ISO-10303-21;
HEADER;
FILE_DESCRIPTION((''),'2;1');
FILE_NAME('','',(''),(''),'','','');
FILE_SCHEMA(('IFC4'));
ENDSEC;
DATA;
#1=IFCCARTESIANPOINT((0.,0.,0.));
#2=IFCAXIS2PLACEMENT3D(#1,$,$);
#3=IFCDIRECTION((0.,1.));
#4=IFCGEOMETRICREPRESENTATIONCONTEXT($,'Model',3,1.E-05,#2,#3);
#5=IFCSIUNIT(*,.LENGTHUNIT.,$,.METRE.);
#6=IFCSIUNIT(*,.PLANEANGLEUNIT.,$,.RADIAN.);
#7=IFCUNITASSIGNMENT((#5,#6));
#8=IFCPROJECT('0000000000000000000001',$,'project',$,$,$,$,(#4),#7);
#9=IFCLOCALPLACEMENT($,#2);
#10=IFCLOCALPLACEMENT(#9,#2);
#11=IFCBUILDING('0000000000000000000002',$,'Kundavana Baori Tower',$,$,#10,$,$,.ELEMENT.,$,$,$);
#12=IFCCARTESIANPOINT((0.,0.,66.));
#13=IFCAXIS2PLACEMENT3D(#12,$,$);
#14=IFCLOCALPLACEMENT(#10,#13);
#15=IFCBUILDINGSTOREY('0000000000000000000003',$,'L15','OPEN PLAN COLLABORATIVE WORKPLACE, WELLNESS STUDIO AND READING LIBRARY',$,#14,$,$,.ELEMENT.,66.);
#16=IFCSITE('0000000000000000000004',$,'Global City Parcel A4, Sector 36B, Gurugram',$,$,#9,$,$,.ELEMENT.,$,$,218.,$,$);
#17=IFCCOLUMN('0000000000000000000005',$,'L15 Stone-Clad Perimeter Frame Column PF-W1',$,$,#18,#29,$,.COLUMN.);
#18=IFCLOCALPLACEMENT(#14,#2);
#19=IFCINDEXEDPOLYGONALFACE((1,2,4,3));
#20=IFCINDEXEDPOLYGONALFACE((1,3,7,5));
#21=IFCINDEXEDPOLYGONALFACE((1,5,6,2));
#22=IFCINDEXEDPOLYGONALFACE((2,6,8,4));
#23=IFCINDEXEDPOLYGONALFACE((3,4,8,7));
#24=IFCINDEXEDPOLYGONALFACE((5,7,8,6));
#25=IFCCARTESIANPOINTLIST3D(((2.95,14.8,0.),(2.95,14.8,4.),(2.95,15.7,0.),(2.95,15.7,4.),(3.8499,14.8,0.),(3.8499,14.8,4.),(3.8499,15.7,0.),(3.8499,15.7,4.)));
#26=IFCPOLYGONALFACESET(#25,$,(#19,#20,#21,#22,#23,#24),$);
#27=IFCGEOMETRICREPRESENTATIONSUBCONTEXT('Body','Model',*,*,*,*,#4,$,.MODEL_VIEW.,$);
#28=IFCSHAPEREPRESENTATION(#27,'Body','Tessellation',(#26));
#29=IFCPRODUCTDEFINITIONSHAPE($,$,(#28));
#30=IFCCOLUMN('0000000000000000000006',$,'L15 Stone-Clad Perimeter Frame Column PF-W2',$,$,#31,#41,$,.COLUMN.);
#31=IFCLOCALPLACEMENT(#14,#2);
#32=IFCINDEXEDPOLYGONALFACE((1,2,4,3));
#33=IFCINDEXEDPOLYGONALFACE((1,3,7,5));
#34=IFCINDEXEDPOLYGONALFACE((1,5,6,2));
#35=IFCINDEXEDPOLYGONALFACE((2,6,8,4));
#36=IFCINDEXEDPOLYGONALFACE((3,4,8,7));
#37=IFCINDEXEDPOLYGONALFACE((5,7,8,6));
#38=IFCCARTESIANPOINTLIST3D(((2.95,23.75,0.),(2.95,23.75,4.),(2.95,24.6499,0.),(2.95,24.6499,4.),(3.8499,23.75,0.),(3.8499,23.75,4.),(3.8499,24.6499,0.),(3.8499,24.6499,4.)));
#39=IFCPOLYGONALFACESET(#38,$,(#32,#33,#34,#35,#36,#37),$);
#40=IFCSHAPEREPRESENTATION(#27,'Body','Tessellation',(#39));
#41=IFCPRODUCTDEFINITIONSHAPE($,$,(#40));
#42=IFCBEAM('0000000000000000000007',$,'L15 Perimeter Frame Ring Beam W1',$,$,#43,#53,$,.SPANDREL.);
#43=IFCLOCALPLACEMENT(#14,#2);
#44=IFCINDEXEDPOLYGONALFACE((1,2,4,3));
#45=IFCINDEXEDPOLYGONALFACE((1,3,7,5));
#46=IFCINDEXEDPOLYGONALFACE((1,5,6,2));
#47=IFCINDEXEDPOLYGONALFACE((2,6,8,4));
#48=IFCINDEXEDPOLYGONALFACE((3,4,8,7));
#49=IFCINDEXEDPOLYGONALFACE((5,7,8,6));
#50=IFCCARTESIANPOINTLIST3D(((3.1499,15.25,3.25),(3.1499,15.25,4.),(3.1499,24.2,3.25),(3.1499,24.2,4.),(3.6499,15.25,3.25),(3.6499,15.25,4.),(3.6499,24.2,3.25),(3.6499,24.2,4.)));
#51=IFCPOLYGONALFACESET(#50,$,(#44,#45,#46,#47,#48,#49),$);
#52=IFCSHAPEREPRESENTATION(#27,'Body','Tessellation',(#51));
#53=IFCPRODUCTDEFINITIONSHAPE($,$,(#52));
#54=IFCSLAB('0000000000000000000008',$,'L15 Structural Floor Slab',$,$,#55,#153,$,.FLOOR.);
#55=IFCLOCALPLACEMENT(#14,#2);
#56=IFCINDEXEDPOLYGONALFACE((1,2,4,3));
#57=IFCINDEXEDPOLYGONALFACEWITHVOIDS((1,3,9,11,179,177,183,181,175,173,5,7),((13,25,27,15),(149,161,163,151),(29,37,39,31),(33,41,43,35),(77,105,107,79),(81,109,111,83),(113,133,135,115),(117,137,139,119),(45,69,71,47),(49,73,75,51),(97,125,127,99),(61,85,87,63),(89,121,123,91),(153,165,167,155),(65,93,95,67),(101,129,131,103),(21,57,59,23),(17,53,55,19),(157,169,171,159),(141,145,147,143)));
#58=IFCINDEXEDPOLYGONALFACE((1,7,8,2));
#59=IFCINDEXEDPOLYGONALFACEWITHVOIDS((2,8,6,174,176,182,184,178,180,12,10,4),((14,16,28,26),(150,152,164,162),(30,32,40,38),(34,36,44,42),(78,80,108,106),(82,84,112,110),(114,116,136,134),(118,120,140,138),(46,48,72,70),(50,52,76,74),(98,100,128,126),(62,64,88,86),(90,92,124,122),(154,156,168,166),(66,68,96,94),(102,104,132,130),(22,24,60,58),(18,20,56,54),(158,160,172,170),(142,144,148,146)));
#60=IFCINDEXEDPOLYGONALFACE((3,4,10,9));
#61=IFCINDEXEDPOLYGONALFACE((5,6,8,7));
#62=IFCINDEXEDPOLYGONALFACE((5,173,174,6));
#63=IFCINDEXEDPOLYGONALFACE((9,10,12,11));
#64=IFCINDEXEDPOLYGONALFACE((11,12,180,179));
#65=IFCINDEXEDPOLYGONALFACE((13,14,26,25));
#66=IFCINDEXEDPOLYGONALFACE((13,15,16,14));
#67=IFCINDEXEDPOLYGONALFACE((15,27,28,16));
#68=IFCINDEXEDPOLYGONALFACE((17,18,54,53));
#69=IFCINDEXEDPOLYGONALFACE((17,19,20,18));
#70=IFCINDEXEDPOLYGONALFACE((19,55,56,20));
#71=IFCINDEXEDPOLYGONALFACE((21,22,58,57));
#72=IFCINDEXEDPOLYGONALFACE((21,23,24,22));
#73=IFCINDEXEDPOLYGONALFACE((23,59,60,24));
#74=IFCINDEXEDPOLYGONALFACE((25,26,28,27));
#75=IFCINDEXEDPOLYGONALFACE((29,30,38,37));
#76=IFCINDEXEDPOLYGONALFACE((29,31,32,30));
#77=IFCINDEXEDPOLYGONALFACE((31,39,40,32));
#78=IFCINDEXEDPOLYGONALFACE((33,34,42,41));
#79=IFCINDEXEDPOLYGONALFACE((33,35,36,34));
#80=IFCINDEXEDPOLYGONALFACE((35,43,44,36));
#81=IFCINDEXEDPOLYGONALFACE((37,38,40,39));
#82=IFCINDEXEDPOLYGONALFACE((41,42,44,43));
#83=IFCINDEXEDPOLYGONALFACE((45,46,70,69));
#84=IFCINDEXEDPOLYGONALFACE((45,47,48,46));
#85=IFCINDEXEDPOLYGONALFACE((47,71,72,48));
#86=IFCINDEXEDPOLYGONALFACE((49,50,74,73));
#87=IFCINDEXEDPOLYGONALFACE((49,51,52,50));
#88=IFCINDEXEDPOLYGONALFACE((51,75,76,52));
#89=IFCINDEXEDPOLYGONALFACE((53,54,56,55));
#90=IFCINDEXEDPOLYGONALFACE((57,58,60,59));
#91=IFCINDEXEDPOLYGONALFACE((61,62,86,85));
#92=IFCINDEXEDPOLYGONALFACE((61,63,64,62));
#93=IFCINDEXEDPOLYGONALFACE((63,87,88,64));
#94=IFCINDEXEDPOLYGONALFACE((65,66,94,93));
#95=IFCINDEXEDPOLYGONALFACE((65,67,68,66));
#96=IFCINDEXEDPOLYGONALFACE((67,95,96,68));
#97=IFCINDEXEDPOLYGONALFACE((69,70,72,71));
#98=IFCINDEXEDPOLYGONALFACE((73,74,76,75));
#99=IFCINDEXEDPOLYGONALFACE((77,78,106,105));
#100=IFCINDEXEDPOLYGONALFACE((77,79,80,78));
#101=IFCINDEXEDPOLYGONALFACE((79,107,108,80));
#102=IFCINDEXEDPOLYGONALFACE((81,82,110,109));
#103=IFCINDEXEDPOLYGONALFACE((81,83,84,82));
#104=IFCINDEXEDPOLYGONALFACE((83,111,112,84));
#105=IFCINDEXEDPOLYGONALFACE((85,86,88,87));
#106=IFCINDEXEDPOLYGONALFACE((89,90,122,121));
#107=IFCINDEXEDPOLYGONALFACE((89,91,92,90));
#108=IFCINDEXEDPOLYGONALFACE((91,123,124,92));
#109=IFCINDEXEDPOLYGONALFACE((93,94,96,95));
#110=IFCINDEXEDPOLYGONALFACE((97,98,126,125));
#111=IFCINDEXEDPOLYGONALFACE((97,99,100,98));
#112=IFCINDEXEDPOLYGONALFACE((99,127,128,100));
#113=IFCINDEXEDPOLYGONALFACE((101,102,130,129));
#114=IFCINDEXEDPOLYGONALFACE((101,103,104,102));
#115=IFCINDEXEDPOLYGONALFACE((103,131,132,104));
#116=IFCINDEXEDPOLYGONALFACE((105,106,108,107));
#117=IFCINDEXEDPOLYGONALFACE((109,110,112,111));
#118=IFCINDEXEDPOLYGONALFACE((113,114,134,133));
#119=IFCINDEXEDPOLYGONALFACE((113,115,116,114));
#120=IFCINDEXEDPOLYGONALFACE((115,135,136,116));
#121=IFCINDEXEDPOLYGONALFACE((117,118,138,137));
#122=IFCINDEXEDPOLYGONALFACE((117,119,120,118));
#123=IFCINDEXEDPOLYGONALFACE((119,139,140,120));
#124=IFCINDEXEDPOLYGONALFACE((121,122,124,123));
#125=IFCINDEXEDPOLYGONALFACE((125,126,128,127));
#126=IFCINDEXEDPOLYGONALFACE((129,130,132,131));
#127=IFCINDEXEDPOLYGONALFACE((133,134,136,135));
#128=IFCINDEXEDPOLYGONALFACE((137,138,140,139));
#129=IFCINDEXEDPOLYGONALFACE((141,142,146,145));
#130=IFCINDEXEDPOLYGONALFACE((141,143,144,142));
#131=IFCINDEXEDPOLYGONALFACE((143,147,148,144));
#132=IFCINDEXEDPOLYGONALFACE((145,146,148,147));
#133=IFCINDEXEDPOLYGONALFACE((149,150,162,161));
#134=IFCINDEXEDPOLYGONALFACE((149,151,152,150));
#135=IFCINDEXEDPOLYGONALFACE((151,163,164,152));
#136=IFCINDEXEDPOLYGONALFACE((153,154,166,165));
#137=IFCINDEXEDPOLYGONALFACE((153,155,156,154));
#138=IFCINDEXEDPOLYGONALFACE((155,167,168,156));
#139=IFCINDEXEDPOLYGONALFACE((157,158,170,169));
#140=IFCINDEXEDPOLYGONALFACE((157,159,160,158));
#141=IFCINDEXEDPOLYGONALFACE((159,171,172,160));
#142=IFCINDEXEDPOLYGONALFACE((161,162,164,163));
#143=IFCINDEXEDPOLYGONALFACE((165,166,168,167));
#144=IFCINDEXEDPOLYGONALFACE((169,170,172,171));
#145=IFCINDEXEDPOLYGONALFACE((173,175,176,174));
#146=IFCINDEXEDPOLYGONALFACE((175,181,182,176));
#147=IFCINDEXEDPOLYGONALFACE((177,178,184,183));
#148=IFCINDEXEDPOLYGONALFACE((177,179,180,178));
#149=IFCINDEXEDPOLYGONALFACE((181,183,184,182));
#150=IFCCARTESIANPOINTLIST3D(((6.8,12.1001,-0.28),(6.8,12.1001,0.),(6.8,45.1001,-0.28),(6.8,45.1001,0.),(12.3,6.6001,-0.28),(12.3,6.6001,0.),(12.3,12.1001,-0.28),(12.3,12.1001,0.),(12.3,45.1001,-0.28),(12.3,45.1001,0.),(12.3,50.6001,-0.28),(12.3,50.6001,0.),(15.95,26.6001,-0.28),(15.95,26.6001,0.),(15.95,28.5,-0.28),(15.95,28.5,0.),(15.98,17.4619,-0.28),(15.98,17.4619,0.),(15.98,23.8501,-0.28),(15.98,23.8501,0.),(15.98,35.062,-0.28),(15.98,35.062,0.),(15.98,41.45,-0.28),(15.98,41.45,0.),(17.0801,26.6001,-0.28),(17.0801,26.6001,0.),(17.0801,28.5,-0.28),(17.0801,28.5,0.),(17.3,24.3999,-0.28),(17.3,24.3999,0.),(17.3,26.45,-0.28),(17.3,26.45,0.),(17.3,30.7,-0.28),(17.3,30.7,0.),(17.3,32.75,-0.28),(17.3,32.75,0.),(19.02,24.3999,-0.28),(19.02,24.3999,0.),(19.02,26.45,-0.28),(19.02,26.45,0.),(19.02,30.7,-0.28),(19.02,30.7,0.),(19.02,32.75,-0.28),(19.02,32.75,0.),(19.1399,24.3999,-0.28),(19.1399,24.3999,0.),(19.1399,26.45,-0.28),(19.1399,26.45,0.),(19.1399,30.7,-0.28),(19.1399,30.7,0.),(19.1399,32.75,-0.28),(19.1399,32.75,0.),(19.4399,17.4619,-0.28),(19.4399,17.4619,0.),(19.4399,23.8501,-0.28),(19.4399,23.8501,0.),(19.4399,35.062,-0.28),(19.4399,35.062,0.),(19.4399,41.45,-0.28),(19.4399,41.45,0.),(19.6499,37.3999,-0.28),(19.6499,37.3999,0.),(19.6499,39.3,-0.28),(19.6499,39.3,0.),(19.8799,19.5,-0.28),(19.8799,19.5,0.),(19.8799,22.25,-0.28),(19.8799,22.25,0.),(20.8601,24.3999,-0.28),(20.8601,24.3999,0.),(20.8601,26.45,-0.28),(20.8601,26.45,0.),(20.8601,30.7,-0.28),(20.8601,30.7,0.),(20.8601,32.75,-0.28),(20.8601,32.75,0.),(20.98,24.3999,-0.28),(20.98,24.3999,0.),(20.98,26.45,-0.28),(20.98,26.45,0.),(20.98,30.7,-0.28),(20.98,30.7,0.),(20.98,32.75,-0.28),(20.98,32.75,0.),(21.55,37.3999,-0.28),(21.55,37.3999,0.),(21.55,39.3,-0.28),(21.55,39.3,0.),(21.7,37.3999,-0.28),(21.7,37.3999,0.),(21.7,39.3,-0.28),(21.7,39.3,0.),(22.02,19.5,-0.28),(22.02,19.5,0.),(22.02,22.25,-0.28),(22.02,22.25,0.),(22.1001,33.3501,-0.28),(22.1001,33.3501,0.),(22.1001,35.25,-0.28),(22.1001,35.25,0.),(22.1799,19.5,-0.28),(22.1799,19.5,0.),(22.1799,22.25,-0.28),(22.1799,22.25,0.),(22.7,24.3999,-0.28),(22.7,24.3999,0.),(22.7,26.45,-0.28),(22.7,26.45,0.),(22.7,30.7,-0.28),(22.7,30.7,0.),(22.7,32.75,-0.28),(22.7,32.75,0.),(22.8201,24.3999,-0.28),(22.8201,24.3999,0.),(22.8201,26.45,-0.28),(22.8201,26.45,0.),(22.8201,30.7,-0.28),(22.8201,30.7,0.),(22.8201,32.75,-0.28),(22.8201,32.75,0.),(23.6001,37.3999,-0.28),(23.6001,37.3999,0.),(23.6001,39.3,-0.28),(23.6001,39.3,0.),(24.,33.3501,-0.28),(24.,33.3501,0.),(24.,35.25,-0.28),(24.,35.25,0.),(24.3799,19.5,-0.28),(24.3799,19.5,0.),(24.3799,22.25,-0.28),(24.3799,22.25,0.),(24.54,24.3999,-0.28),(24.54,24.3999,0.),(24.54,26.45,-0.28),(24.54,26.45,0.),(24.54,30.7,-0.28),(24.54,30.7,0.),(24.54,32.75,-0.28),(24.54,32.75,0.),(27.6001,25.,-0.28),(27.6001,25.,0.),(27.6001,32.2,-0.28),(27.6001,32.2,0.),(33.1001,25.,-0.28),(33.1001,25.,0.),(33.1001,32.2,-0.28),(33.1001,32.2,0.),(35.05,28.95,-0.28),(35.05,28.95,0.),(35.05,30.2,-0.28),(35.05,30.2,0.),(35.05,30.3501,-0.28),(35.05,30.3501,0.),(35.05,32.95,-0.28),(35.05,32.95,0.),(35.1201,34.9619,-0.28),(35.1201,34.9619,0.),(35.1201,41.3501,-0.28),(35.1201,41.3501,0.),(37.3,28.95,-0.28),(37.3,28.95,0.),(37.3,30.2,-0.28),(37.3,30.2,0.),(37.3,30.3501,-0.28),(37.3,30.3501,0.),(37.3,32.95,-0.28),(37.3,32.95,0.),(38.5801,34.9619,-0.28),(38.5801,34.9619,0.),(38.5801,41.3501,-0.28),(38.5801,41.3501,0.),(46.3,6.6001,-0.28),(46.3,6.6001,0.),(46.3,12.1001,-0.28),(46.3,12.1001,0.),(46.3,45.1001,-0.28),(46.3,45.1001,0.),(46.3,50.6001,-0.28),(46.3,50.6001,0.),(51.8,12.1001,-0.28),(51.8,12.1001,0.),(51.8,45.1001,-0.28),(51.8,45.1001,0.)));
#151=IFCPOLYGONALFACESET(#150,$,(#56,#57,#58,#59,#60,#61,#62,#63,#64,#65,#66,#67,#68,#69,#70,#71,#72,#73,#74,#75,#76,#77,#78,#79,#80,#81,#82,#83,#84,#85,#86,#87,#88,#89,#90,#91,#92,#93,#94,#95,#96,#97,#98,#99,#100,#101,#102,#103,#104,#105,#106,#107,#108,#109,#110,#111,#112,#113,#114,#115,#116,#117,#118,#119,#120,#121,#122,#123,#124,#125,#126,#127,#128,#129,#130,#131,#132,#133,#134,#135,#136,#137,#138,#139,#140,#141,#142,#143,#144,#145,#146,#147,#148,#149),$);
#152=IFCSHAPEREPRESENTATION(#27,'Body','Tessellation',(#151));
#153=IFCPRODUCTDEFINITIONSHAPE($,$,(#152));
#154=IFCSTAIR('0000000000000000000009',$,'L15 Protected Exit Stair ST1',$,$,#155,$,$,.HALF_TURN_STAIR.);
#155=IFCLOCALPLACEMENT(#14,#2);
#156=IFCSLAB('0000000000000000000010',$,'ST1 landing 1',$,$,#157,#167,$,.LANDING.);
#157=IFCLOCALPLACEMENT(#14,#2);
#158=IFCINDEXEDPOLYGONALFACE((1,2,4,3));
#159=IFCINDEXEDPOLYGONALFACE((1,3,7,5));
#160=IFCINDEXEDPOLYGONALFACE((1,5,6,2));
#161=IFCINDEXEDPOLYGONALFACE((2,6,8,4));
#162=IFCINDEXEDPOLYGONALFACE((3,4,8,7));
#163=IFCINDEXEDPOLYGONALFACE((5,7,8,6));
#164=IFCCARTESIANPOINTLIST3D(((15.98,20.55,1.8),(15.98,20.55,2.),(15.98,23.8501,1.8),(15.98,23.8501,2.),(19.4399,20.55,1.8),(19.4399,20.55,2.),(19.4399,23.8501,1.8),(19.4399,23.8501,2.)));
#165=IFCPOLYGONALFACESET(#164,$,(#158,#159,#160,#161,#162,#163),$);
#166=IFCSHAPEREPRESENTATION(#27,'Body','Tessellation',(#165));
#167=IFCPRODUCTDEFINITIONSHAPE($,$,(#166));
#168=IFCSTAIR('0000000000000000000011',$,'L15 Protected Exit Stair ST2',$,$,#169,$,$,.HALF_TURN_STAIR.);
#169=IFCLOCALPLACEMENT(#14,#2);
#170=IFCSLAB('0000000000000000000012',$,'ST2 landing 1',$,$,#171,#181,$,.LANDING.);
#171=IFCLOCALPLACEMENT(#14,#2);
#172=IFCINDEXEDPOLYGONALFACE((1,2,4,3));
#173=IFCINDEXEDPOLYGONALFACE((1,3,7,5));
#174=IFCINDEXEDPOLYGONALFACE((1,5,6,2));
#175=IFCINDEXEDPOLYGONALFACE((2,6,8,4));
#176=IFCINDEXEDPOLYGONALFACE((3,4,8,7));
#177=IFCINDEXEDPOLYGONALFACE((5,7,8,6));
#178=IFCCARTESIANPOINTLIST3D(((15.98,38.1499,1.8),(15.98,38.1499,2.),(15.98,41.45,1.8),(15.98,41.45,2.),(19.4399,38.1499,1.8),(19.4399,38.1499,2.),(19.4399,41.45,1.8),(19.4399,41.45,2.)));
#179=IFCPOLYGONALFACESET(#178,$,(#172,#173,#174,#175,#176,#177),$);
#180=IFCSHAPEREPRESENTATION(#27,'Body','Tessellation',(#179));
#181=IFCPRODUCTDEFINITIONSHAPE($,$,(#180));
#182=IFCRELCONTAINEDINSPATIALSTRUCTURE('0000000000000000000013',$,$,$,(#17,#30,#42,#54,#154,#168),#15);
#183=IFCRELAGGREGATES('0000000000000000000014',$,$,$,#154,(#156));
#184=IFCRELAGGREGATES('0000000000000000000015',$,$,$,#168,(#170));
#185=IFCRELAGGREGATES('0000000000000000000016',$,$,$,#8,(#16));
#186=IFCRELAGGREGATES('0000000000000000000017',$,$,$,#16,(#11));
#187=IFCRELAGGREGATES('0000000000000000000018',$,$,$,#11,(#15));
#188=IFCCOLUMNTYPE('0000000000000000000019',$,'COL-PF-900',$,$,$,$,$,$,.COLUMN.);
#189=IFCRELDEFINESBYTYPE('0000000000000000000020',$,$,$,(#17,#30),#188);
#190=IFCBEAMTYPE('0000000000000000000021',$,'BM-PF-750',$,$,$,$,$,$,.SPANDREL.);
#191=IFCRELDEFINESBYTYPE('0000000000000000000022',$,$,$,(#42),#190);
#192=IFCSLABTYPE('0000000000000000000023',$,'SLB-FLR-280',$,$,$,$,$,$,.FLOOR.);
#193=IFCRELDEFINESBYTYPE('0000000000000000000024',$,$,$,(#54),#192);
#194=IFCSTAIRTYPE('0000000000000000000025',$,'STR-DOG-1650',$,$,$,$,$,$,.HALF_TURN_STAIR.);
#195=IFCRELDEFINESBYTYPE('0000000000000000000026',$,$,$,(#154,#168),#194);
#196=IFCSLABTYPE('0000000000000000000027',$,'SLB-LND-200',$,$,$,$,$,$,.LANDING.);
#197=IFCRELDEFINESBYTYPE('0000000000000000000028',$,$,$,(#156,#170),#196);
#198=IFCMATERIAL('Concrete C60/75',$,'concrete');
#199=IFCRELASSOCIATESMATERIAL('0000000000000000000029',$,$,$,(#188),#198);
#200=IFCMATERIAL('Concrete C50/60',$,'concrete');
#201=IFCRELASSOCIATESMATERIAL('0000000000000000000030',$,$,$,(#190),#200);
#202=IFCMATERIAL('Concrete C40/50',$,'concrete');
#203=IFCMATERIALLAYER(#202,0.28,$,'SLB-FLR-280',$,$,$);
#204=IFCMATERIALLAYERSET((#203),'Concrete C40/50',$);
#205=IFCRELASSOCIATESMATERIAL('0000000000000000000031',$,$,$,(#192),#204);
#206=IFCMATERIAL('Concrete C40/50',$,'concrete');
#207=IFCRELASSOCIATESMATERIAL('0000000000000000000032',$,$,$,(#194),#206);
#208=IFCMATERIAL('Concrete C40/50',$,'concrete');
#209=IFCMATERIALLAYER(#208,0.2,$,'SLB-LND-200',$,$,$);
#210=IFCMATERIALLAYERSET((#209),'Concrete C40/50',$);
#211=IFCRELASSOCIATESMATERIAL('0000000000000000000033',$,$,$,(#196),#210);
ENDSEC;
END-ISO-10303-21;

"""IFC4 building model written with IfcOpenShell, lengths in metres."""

from ifc_helpers import new_model, si_unit, direction, frame, origin, origin_2d, place, context, subcontext, project, spatial, polyline, rectangle, outline, extrude, material, layer, layer_set, material_profile, profile_set, type_object, element, aggregate, save


model = new_model("IFC4")

# Units and contexts
model_context = context("Model", 3, precision=1e-05, world=origin(), true_north=direction((0.0, 1.0)))
body_context = subcontext(model_context, "Body", "Model", "MODEL_VIEW")
ifc_project = project(units=[si_unit("LENGTHUNIT", "METRE"), si_unit("PLANEANGLEUNIT", "RADIAN")], contexts=[model_context])

# Site, building, storey
site_placement = place(None, origin())
site = spatial("IfcSite", under=ifc_project, at=site_placement, Name="Global City Parcel A4, Sector 36B, Gurugram", CompositionType="ELEMENT", RefElevation=218.0)
building_placement = place(site_placement, origin())
building = spatial("IfcBuilding", under=site, at=building_placement, Name="Kundavana Baori Tower", CompositionType="ELEMENT")
storey_placement = place(building_placement, frame((0.0, 0.0, 66.0)))
storey = spatial("IfcBuildingStorey", under=building, at=storey_placement, Name="L15", Description="OPEN PLAN COLLABORATIVE WORKPLACE, WELLNESS STUDIO AND READING LIBRARY", CompositionType="ELEMENT", Elevation=66.0)

# Columns
ifc_material_1 = material(Name="Concrete C60/75", Category="concrete")
ifc_material_profile_1 = material_profile(ifc_material_1, rectangle(XDim=0.8999, YDim=0.8999, at=origin_2d()), Name="RC PF 900x900")
ifc_profile_set_1 = profile_set([ifc_material_profile_1], Name="Concrete C60/75")
column_type = type_object("IfcColumnType", Name="COL-PF-900", PredefinedType="COLUMN", material=ifc_profile_set_1)
for number, where, z_axis, x_axis, name in (
    (1, (3.3999, 15.25, 0.0), (0.0, 0.0, 1.0), (1.0, 0.0, 0.0), "L15 Stone-Clad Perimeter Frame Column PF-W1"),
    (2, (3.3999, 24.2, 0.0), (0.0, 0.0, 1.0), (1.0, 0.0, 0.0), "L15 Stone-Clad Perimeter Frame Column PF-W2"),
):
    element("IfcColumn", number, at=place(storey_placement, frame(where, z_axis=z_axis, x_axis=x_axis)), inside=storey, type_object=column_type, Name=name, PredefinedType="COLUMN", context=body_context, shape_type="SweptSolid", body=[
        extrude(rectangle(XDim=0.8999, YDim=0.8999, at=origin_2d()), origin(), (0.0, 0.0, 1.0), 4.0),
    ])

# Beam
ifc_material_2 = material(Name="Concrete C50/60", Category="concrete")
ifc_material_profile_2 = material_profile(ifc_material_2, rectangle(XDim=0.5, YDim=0.75, at=origin_2d()), Name="RC BM 500x750")
ifc_profile_set_2 = profile_set([ifc_material_profile_2], Name="Concrete C50/60")
beam_type = type_object("IfcBeamType", Name="BM-PF-750", PredefinedType="SPANDREL", material=ifc_profile_set_2)
beam_placement = place(storey_placement, frame((3.3999, 15.25, 3.625), z_axis=(0.0, 1.0, 0.0), x_axis=(-1.0, 0.0, 0.0)))
element("IfcBeam", 3, at=beam_placement, inside=storey, type_object=beam_type, Name="L15 Perimeter Frame Ring Beam W1", PredefinedType="SPANDREL", context=body_context, shape_type="SweptSolid", body=[
    extrude(rectangle(XDim=0.5, YDim=0.75, at=origin_2d()), origin(), (0.0, 0.0, 1.0), 8.95),
])

# Slab
ifc_material_3 = material(Name="Concrete C40/50", Category="concrete")
ifc_layer_1 = layer(ifc_material_3, 0.28, Name="SLB-FLR-280")
ifc_layer_set_1 = layer_set([ifc_layer_1], Name="Concrete C40/50")
slab_type_1 = type_object("IfcSlabType", Name="SLB-FLR-280", PredefinedType="FLOOR", material=ifc_layer_set_1)
slab_1_placement = place(storey_placement, frame((0.0, 0.0, -0.28)))
element("IfcSlab", 4, at=slab_1_placement, inside=storey, type_object=slab_type_1, Name="L15 Structural Floor Slab", PredefinedType="FLOOR", context=body_context, shape_type="SweptSolid", body=[
    extrude(outline(polyline([(12.3, 6.6001), (46.3, 6.6001), (46.3, 12.1001), (51.8, 12.1001), (51.8, 45.1001), (46.3, 45.1001), (46.3, 50.6001), (12.3, 50.6001), (12.3, 45.1001), (6.8, 45.1001), (6.8, 12.1001), (12.3, 12.1001), (12.3, 6.6001)]), holes=[polyline([(19.4399, 17.4619), (19.4399, 23.8501), (15.98, 23.8501), (15.98, 17.4619), (19.4399, 17.4619)]), polyline([(19.4399, 35.062), (19.4399, 41.45), (15.98, 41.45), (15.98, 35.062), (19.4399, 35.062)]), polyline([(38.5801, 34.9619), (38.5801, 41.3501), (35.1201, 41.3501), (35.1201, 34.9619), (38.5801, 34.9619)]), polyline([(17.3, 24.3999), (19.02, 24.3999), (19.02, 26.45), (17.3, 26.45), (17.3, 24.3999)]), polyline([(19.1399, 24.3999), (20.8601, 24.3999), (20.8601, 26.45), (19.1399, 26.45), (19.1399, 24.3999)]), polyline([(20.98, 24.3999), (22.7, 24.3999), (22.7, 26.45), (20.98, 26.45), (20.98, 24.3999)]), polyline([(22.8201, 24.3999), (24.54, 24.3999), (24.54, 26.45), (22.8201, 26.45), (22.8201, 24.3999)]), polyline([(17.3, 30.7), (19.02, 30.7), (19.02, 32.75), (17.3, 32.75), (17.3, 30.7)]), polyline([(19.1399, 30.7), (20.8601, 30.7), (20.8601, 32.75), (19.1399, 32.75), (19.1399, 30.7)]), polyline([(20.98, 30.7), (22.7, 30.7), (22.7, 32.75), (20.98, 32.75), (20.98, 30.7)]), polyline([(22.8201, 30.7), (24.54, 30.7), (24.54, 32.75), (22.8201, 32.75), (22.8201, 30.7)]), polyline([(19.6499, 37.3999), (21.55, 37.3999), (21.55, 39.3), (19.6499, 39.3), (19.6499, 37.3999)]), polyline([(21.7, 37.3999), (23.6001, 37.3999), (23.6001, 39.3), (21.7, 39.3), (21.7, 37.3999)]), polyline([(22.1001, 33.3501), (24.0, 33.3501), (24.0, 35.25), (22.1001, 35.25), (22.1001, 33.3501)]), polyline([(19.8799, 19.5), (22.02, 19.5), (22.02, 22.25), (19.8799, 22.25), (19.8799, 19.5)]), polyline([(22.1799, 19.5), (24.3799, 19.5), (24.3799, 22.25), (22.1799, 22.25), (22.1799, 19.5)]), polyline([(35.05, 30.3501), (37.3, 30.3501), (37.3, 32.95), (35.05, 32.95), (35.05, 30.3501)]), polyline([(15.95, 26.6001), (17.0801, 26.6001), (17.0801, 28.5), (15.95, 28.5), (15.95, 26.6001)]), polyline([(35.05, 28.95), (37.3, 28.95), (37.3, 30.2), (35.05, 30.2), (35.05, 28.95)]), polyline([(27.6001, 25.0), (33.1001, 25.0), (33.1001, 32.2), (27.6001, 32.2), (27.6001, 25.0)])]), origin(), (0.0, 0.0, 1.0), 0.28),
])

# Stairs, slabs
ifc_material_4 = material(Name="Concrete C40/50", Category="concrete")
stair_type = type_object("IfcStairType", Name="STR-DOG-1650", PredefinedType="HALF_TURN_STAIR", material=ifc_material_4)
stair_1_placement = place(storey_placement, origin())
stair_1 = element("IfcStair", 5, at=stair_1_placement, inside=storey, type_object=stair_type, Name="L15 Protected Exit Stair ST1", PredefinedType="HALF_TURN_STAIR")
ifc_material_5 = material(Name="Concrete C40/50", Category="concrete")
ifc_layer_2 = layer(ifc_material_5, 0.2, Name="SLB-LND-200")
ifc_layer_set_2 = layer_set([ifc_layer_2], Name="Concrete C40/50")
slab_type_2 = type_object("IfcSlabType", Name="SLB-LND-200", PredefinedType="LANDING", material=ifc_layer_set_2)
slab_2_placement = place(storey_placement, frame((0.0, 0.0, 1.8)))
slab_2 = element("IfcSlab", 6, at=slab_2_placement, type_object=slab_type_2, Name="ST1 landing 1", PredefinedType="LANDING", context=body_context, shape_type="SweptSolid", body=[
    extrude(outline(polyline([(19.4399, 20.55), (19.4399, 23.8501), (15.98, 23.8501), (15.98, 20.55), (19.4399, 20.55)])), origin(), (0.0, 0.0, 1.0), 0.2),
])
aggregate(stair_1, [slab_2])
stair_2_placement = place(storey_placement, origin())
stair_2 = element("IfcStair", 7, at=stair_2_placement, inside=storey, type_object=stair_type, Name="L15 Protected Exit Stair ST2", PredefinedType="HALF_TURN_STAIR")
slab_3_placement = place(storey_placement, frame((0.0, 0.0, 1.8)))
slab_3 = element("IfcSlab", 8, at=slab_3_placement, type_object=slab_type_2, Name="ST2 landing 1", PredefinedType="LANDING", context=body_context, shape_type="SweptSolid", body=[
    extrude(outline(polyline([(19.4399, 38.1499), (19.4399, 41.45), (15.98, 41.45), (15.98, 38.1499), (19.4399, 38.1499)])), origin(), (0.0, 0.0, 1.0), 0.2),
])
aggregate(stair_2, [slab_3])

save(model, "model.ifc")
